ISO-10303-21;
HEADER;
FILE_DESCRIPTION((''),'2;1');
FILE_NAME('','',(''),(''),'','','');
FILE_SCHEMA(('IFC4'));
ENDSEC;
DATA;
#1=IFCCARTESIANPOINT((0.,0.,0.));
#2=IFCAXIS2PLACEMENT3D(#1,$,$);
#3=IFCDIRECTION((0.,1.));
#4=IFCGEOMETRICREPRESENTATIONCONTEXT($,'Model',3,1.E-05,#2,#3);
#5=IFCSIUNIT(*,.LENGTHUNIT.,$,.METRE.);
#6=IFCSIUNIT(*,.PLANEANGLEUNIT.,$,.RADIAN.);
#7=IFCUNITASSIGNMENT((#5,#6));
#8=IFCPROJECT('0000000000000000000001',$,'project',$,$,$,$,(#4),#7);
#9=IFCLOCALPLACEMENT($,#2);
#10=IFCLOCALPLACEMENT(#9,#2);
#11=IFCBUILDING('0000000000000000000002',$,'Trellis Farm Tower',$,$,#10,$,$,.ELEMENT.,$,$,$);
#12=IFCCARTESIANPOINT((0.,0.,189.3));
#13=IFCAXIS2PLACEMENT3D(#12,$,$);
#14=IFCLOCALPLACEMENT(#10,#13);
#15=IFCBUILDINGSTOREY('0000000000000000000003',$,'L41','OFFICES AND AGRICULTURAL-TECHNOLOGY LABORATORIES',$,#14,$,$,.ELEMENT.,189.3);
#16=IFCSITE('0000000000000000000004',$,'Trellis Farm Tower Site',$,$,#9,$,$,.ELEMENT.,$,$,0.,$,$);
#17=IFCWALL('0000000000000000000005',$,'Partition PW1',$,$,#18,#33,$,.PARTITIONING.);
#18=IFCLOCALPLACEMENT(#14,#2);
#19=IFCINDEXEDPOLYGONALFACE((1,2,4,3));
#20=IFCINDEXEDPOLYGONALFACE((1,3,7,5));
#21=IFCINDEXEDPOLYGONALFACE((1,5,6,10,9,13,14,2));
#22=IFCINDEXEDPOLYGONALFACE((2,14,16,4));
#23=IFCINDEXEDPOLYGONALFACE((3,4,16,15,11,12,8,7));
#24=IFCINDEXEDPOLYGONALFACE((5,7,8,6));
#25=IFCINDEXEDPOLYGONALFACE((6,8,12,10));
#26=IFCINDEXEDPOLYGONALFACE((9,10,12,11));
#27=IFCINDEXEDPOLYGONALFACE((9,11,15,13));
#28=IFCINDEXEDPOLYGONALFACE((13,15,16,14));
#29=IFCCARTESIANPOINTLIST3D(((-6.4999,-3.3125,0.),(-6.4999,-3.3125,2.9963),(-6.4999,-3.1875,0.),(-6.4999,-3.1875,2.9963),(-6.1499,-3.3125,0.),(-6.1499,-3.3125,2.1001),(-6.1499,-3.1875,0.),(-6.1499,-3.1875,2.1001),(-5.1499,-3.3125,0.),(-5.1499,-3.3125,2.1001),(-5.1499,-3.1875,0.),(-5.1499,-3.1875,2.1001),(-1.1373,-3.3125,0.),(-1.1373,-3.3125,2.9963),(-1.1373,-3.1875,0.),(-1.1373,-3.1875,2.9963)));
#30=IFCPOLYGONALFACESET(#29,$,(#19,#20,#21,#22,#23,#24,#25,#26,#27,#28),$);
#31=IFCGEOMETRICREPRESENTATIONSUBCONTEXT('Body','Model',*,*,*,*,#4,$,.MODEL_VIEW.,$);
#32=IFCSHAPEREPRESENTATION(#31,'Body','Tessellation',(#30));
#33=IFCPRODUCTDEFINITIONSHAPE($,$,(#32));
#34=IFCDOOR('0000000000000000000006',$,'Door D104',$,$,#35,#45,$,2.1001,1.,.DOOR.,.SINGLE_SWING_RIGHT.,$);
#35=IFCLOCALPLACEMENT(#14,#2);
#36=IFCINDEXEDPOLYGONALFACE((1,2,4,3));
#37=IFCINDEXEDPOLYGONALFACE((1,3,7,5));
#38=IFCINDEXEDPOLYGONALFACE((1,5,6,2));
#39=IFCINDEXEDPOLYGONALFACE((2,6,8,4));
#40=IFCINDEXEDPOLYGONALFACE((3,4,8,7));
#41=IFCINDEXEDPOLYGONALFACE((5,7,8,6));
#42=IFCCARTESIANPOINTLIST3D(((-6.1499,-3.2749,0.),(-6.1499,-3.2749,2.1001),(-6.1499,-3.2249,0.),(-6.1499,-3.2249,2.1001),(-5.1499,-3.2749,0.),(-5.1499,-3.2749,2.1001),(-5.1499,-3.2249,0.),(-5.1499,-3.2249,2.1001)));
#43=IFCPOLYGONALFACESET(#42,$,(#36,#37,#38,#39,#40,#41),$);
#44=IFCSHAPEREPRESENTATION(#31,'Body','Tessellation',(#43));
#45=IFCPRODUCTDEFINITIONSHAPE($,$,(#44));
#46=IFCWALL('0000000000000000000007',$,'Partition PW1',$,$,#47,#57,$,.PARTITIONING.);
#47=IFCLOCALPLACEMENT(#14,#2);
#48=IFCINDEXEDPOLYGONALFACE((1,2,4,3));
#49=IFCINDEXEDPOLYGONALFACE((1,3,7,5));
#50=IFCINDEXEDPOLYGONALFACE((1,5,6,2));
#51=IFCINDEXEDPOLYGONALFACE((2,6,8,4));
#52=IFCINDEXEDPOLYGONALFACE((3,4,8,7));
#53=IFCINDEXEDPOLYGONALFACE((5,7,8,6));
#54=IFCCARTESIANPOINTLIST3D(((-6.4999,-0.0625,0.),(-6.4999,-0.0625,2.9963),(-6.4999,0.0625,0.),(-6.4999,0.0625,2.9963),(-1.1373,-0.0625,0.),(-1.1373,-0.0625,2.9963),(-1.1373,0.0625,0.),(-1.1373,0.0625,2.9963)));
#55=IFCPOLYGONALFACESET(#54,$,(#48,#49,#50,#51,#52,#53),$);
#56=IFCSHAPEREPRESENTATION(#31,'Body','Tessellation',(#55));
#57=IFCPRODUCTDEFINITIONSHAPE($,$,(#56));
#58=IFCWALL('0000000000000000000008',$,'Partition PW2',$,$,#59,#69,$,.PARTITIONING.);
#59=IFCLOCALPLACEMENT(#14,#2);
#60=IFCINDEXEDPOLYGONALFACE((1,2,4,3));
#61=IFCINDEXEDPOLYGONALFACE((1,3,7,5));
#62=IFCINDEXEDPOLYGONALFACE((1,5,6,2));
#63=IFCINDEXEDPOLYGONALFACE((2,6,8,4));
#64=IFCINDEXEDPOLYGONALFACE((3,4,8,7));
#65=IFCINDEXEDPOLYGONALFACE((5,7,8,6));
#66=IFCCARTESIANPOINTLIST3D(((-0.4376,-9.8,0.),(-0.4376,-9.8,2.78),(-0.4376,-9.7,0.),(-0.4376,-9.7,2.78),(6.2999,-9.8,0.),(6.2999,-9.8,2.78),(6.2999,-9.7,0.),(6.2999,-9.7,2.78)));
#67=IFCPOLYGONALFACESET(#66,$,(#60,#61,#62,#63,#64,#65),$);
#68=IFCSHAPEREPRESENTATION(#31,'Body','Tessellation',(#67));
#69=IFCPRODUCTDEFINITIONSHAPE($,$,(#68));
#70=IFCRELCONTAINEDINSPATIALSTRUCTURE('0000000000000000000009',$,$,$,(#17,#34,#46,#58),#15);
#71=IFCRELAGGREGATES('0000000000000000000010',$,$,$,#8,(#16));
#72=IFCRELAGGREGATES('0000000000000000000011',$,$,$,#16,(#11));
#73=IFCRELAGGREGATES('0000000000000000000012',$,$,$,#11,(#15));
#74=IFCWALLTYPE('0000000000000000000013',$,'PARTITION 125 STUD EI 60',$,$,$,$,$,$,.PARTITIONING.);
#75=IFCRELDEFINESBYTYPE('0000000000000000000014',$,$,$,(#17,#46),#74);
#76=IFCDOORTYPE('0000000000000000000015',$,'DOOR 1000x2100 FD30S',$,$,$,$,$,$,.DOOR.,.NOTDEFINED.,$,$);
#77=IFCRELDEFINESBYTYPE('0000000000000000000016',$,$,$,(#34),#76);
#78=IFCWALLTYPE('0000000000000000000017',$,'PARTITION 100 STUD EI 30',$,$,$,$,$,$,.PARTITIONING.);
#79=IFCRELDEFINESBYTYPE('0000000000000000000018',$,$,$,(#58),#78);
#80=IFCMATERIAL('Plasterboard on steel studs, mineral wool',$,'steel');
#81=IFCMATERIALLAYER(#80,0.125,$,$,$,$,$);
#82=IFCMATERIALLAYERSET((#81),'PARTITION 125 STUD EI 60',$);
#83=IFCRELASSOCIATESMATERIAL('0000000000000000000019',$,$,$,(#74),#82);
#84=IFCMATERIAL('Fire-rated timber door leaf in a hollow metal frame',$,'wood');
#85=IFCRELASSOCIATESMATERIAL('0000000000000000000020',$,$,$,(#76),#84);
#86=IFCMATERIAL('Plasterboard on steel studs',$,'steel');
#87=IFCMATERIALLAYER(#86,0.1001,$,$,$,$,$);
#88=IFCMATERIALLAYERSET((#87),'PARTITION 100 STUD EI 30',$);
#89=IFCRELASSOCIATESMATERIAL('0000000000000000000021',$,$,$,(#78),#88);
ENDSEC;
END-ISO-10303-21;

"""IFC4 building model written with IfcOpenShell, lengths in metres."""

from ifc_helpers import new_model, si_unit, direction, frame, frame_2d, origin, place, context, subcontext, project, spatial, rectangle, extrude, source, transform, mapped, material, layer, layer_set, type_object, element, fill, save


model = new_model("IFC4")

# Units and contexts
model_context = context("Model", 3, precision=1e-05, world=origin(), true_north=direction((0.0, 1.0)))
body_context = subcontext(model_context, "Body", "Model", "MODEL_VIEW")
ifc_project = project(units=[si_unit("LENGTHUNIT", "METRE"), si_unit("PLANEANGLEUNIT", "RADIAN")], contexts=[model_context])

# Site, building, storey
site_placement = place(None, origin())
site = spatial("IfcSite", under=ifc_project, at=site_placement, Name="Trellis Farm Tower Site", CompositionType="ELEMENT", RefElevation=0.0)
building_placement = place(site_placement, origin())
building = spatial("IfcBuilding", under=site, at=building_placement, Name="Trellis Farm Tower", CompositionType="ELEMENT")
storey_placement = place(building_placement, frame((0.0, 0.0, 189.3)))
storey = spatial("IfcBuildingStorey", under=building, at=storey_placement, Name="L41", Description="OFFICES AND AGRICULTURAL-TECHNOLOGY LABORATORIES", CompositionType="ELEMENT", Elevation=189.3)

# Shared definitions
ifc_material_1 = material(Name="Plasterboard on steel studs, mineral wool", Category="steel")
ifc_layer_1 = layer(ifc_material_1, 0.125)
ifc_layer_set_1 = layer_set([ifc_layer_1], Name="PARTITION 125 STUD EI 60")
wall_type_1 = type_object("IfcWallType", Name="PARTITION 125 STUD EI 60", PredefinedType="PARTITIONING", material=ifc_layer_set_1)

# Wall, opening, door
shared_shape_1 = source(origin(), body_context, "Body", "SweptSolid", [
    extrude(rectangle(XDim=1.0, YDim=2.1001, at=frame_2d((0.5, 1.05))), frame((0.0, 0.0725, 0.0), z_axis=(0.0, -1.0, 0.0), x_axis=(1.0, 0.0, 0.0)), (0.0, 0.0, 1.0), 0.145),
])
ifc_material_2 = material(Name="Fire-rated timber door leaf in a hollow metal frame", Category="wood")
door_type = type_object("IfcDoorType", Name="DOOR 1000x2100 FD30S", OperationType="NOTDEFINED", PredefinedType="DOOR", material=ifc_material_2)
shared_shape_2 = source(origin(), body_context, "Body", "SweptSolid", [
    extrude(rectangle(XDim=1.0, YDim=2.1001, at=frame_2d((0.5, 1.05))), frame((0.0, 0.0249, 0.0), z_axis=(0.0, -1.0, 0.0), x_axis=(1.0, 0.0, 0.0)), (0.0, 0.0, 1.0), 0.05),
])
shared_shape_3 = source(origin(), body_context, "Body", "SweptSolid", [
    extrude(rectangle(XDim=5.3625, YDim=0.125, at=frame_2d((2.6812, 0.0))), origin(), (0.0, 0.0, 1.0), 2.9963),
])
wall_1_placement = place(storey_placement, frame((-1.1375, -3.25, 0.0), z_axis=(0.0, 0.0, 1.0), x_axis=(-1.0, 0.0, 0.0)))
wall_1 = element("IfcWall", 1, at=wall_1_placement, inside=storey, type_object=wall_type_1, Name="Partition PW1", PredefinedType="PARTITIONING", context=body_context, shape_type="MappedRepresentation", body=[
    mapped(shared_shape_3, transform((0.0, 0.0, 0.0))),
])
opening_1_placement = place(wall_1_placement, frame((4.0125, 0.0, 0.0)))
opening_1 = element("IfcOpeningElement", 2, at=opening_1_placement, cuts=wall_1, PredefinedType="OPENING", context=body_context, shape_type="MappedRepresentation", body=[
    mapped(shared_shape_1, transform((0.0, 0.0, 0.0))),
])
door_1_placement = place(opening_1_placement, origin())
door_1 = element("IfcDoor", 3, at=door_1_placement, inside=storey, type_object=door_type, Name="Door D104", OperationType="SINGLE_SWING_RIGHT", OverallHeight=2.1001, OverallWidth=1.0, PredefinedType="DOOR", context=body_context, shape_type="MappedRepresentation", body=[
    mapped(shared_shape_2, transform((0.0, 0.0, 0.0))),
])
fill(opening_1, door_1)

# Walls
wall_2_placement = place(storey_placement, frame((-1.1375, 0.0, 0.0), z_axis=(0.0, 0.0, 1.0), x_axis=(-1.0, 0.0, 0.0)))
element("IfcWall", 4, at=wall_2_placement, inside=storey, type_object=wall_type_1, Name="Partition PW1", PredefinedType="PARTITIONING", context=body_context, shape_type="MappedRepresentation", body=[
    mapped(shared_shape_3, transform((0.0, 0.0, 0.0))),
])
ifc_material_3 = material(Name="Plasterboard on steel studs", Category="steel")
ifc_layer_2 = layer(ifc_material_3, 0.1001)
ifc_layer_set_2 = layer_set([ifc_layer_2], Name="PARTITION 100 STUD EI 30")
wall_type_2 = type_object("IfcWallType", Name="PARTITION 100 STUD EI 30", PredefinedType="PARTITIONING", material=ifc_layer_set_2)
shared_shape_4 = source(origin(), body_context, "Body", "SweptSolid", [
    extrude(rectangle(XDim=6.7375, YDim=0.1001, at=frame_2d((3.3687, 0.0))), origin(), (0.0, 0.0, 1.0), 2.78),
])
wall_3_placement = place(storey_placement, frame((-0.4375, -9.75, 0.0), z_axis=(0.0, 0.0, 1.0), x_axis=(1.0, 0.0, 0.0)))
element("IfcWall", 5, at=wall_3_placement, inside=storey, type_object=wall_type_2, Name="Partition PW2", PredefinedType="PARTITIONING", context=body_context, shape_type="MappedRepresentation", body=[
    mapped(shared_shape_4, transform((0.0, 0.0, 0.0))),
])

save(model, "model.ifc")
